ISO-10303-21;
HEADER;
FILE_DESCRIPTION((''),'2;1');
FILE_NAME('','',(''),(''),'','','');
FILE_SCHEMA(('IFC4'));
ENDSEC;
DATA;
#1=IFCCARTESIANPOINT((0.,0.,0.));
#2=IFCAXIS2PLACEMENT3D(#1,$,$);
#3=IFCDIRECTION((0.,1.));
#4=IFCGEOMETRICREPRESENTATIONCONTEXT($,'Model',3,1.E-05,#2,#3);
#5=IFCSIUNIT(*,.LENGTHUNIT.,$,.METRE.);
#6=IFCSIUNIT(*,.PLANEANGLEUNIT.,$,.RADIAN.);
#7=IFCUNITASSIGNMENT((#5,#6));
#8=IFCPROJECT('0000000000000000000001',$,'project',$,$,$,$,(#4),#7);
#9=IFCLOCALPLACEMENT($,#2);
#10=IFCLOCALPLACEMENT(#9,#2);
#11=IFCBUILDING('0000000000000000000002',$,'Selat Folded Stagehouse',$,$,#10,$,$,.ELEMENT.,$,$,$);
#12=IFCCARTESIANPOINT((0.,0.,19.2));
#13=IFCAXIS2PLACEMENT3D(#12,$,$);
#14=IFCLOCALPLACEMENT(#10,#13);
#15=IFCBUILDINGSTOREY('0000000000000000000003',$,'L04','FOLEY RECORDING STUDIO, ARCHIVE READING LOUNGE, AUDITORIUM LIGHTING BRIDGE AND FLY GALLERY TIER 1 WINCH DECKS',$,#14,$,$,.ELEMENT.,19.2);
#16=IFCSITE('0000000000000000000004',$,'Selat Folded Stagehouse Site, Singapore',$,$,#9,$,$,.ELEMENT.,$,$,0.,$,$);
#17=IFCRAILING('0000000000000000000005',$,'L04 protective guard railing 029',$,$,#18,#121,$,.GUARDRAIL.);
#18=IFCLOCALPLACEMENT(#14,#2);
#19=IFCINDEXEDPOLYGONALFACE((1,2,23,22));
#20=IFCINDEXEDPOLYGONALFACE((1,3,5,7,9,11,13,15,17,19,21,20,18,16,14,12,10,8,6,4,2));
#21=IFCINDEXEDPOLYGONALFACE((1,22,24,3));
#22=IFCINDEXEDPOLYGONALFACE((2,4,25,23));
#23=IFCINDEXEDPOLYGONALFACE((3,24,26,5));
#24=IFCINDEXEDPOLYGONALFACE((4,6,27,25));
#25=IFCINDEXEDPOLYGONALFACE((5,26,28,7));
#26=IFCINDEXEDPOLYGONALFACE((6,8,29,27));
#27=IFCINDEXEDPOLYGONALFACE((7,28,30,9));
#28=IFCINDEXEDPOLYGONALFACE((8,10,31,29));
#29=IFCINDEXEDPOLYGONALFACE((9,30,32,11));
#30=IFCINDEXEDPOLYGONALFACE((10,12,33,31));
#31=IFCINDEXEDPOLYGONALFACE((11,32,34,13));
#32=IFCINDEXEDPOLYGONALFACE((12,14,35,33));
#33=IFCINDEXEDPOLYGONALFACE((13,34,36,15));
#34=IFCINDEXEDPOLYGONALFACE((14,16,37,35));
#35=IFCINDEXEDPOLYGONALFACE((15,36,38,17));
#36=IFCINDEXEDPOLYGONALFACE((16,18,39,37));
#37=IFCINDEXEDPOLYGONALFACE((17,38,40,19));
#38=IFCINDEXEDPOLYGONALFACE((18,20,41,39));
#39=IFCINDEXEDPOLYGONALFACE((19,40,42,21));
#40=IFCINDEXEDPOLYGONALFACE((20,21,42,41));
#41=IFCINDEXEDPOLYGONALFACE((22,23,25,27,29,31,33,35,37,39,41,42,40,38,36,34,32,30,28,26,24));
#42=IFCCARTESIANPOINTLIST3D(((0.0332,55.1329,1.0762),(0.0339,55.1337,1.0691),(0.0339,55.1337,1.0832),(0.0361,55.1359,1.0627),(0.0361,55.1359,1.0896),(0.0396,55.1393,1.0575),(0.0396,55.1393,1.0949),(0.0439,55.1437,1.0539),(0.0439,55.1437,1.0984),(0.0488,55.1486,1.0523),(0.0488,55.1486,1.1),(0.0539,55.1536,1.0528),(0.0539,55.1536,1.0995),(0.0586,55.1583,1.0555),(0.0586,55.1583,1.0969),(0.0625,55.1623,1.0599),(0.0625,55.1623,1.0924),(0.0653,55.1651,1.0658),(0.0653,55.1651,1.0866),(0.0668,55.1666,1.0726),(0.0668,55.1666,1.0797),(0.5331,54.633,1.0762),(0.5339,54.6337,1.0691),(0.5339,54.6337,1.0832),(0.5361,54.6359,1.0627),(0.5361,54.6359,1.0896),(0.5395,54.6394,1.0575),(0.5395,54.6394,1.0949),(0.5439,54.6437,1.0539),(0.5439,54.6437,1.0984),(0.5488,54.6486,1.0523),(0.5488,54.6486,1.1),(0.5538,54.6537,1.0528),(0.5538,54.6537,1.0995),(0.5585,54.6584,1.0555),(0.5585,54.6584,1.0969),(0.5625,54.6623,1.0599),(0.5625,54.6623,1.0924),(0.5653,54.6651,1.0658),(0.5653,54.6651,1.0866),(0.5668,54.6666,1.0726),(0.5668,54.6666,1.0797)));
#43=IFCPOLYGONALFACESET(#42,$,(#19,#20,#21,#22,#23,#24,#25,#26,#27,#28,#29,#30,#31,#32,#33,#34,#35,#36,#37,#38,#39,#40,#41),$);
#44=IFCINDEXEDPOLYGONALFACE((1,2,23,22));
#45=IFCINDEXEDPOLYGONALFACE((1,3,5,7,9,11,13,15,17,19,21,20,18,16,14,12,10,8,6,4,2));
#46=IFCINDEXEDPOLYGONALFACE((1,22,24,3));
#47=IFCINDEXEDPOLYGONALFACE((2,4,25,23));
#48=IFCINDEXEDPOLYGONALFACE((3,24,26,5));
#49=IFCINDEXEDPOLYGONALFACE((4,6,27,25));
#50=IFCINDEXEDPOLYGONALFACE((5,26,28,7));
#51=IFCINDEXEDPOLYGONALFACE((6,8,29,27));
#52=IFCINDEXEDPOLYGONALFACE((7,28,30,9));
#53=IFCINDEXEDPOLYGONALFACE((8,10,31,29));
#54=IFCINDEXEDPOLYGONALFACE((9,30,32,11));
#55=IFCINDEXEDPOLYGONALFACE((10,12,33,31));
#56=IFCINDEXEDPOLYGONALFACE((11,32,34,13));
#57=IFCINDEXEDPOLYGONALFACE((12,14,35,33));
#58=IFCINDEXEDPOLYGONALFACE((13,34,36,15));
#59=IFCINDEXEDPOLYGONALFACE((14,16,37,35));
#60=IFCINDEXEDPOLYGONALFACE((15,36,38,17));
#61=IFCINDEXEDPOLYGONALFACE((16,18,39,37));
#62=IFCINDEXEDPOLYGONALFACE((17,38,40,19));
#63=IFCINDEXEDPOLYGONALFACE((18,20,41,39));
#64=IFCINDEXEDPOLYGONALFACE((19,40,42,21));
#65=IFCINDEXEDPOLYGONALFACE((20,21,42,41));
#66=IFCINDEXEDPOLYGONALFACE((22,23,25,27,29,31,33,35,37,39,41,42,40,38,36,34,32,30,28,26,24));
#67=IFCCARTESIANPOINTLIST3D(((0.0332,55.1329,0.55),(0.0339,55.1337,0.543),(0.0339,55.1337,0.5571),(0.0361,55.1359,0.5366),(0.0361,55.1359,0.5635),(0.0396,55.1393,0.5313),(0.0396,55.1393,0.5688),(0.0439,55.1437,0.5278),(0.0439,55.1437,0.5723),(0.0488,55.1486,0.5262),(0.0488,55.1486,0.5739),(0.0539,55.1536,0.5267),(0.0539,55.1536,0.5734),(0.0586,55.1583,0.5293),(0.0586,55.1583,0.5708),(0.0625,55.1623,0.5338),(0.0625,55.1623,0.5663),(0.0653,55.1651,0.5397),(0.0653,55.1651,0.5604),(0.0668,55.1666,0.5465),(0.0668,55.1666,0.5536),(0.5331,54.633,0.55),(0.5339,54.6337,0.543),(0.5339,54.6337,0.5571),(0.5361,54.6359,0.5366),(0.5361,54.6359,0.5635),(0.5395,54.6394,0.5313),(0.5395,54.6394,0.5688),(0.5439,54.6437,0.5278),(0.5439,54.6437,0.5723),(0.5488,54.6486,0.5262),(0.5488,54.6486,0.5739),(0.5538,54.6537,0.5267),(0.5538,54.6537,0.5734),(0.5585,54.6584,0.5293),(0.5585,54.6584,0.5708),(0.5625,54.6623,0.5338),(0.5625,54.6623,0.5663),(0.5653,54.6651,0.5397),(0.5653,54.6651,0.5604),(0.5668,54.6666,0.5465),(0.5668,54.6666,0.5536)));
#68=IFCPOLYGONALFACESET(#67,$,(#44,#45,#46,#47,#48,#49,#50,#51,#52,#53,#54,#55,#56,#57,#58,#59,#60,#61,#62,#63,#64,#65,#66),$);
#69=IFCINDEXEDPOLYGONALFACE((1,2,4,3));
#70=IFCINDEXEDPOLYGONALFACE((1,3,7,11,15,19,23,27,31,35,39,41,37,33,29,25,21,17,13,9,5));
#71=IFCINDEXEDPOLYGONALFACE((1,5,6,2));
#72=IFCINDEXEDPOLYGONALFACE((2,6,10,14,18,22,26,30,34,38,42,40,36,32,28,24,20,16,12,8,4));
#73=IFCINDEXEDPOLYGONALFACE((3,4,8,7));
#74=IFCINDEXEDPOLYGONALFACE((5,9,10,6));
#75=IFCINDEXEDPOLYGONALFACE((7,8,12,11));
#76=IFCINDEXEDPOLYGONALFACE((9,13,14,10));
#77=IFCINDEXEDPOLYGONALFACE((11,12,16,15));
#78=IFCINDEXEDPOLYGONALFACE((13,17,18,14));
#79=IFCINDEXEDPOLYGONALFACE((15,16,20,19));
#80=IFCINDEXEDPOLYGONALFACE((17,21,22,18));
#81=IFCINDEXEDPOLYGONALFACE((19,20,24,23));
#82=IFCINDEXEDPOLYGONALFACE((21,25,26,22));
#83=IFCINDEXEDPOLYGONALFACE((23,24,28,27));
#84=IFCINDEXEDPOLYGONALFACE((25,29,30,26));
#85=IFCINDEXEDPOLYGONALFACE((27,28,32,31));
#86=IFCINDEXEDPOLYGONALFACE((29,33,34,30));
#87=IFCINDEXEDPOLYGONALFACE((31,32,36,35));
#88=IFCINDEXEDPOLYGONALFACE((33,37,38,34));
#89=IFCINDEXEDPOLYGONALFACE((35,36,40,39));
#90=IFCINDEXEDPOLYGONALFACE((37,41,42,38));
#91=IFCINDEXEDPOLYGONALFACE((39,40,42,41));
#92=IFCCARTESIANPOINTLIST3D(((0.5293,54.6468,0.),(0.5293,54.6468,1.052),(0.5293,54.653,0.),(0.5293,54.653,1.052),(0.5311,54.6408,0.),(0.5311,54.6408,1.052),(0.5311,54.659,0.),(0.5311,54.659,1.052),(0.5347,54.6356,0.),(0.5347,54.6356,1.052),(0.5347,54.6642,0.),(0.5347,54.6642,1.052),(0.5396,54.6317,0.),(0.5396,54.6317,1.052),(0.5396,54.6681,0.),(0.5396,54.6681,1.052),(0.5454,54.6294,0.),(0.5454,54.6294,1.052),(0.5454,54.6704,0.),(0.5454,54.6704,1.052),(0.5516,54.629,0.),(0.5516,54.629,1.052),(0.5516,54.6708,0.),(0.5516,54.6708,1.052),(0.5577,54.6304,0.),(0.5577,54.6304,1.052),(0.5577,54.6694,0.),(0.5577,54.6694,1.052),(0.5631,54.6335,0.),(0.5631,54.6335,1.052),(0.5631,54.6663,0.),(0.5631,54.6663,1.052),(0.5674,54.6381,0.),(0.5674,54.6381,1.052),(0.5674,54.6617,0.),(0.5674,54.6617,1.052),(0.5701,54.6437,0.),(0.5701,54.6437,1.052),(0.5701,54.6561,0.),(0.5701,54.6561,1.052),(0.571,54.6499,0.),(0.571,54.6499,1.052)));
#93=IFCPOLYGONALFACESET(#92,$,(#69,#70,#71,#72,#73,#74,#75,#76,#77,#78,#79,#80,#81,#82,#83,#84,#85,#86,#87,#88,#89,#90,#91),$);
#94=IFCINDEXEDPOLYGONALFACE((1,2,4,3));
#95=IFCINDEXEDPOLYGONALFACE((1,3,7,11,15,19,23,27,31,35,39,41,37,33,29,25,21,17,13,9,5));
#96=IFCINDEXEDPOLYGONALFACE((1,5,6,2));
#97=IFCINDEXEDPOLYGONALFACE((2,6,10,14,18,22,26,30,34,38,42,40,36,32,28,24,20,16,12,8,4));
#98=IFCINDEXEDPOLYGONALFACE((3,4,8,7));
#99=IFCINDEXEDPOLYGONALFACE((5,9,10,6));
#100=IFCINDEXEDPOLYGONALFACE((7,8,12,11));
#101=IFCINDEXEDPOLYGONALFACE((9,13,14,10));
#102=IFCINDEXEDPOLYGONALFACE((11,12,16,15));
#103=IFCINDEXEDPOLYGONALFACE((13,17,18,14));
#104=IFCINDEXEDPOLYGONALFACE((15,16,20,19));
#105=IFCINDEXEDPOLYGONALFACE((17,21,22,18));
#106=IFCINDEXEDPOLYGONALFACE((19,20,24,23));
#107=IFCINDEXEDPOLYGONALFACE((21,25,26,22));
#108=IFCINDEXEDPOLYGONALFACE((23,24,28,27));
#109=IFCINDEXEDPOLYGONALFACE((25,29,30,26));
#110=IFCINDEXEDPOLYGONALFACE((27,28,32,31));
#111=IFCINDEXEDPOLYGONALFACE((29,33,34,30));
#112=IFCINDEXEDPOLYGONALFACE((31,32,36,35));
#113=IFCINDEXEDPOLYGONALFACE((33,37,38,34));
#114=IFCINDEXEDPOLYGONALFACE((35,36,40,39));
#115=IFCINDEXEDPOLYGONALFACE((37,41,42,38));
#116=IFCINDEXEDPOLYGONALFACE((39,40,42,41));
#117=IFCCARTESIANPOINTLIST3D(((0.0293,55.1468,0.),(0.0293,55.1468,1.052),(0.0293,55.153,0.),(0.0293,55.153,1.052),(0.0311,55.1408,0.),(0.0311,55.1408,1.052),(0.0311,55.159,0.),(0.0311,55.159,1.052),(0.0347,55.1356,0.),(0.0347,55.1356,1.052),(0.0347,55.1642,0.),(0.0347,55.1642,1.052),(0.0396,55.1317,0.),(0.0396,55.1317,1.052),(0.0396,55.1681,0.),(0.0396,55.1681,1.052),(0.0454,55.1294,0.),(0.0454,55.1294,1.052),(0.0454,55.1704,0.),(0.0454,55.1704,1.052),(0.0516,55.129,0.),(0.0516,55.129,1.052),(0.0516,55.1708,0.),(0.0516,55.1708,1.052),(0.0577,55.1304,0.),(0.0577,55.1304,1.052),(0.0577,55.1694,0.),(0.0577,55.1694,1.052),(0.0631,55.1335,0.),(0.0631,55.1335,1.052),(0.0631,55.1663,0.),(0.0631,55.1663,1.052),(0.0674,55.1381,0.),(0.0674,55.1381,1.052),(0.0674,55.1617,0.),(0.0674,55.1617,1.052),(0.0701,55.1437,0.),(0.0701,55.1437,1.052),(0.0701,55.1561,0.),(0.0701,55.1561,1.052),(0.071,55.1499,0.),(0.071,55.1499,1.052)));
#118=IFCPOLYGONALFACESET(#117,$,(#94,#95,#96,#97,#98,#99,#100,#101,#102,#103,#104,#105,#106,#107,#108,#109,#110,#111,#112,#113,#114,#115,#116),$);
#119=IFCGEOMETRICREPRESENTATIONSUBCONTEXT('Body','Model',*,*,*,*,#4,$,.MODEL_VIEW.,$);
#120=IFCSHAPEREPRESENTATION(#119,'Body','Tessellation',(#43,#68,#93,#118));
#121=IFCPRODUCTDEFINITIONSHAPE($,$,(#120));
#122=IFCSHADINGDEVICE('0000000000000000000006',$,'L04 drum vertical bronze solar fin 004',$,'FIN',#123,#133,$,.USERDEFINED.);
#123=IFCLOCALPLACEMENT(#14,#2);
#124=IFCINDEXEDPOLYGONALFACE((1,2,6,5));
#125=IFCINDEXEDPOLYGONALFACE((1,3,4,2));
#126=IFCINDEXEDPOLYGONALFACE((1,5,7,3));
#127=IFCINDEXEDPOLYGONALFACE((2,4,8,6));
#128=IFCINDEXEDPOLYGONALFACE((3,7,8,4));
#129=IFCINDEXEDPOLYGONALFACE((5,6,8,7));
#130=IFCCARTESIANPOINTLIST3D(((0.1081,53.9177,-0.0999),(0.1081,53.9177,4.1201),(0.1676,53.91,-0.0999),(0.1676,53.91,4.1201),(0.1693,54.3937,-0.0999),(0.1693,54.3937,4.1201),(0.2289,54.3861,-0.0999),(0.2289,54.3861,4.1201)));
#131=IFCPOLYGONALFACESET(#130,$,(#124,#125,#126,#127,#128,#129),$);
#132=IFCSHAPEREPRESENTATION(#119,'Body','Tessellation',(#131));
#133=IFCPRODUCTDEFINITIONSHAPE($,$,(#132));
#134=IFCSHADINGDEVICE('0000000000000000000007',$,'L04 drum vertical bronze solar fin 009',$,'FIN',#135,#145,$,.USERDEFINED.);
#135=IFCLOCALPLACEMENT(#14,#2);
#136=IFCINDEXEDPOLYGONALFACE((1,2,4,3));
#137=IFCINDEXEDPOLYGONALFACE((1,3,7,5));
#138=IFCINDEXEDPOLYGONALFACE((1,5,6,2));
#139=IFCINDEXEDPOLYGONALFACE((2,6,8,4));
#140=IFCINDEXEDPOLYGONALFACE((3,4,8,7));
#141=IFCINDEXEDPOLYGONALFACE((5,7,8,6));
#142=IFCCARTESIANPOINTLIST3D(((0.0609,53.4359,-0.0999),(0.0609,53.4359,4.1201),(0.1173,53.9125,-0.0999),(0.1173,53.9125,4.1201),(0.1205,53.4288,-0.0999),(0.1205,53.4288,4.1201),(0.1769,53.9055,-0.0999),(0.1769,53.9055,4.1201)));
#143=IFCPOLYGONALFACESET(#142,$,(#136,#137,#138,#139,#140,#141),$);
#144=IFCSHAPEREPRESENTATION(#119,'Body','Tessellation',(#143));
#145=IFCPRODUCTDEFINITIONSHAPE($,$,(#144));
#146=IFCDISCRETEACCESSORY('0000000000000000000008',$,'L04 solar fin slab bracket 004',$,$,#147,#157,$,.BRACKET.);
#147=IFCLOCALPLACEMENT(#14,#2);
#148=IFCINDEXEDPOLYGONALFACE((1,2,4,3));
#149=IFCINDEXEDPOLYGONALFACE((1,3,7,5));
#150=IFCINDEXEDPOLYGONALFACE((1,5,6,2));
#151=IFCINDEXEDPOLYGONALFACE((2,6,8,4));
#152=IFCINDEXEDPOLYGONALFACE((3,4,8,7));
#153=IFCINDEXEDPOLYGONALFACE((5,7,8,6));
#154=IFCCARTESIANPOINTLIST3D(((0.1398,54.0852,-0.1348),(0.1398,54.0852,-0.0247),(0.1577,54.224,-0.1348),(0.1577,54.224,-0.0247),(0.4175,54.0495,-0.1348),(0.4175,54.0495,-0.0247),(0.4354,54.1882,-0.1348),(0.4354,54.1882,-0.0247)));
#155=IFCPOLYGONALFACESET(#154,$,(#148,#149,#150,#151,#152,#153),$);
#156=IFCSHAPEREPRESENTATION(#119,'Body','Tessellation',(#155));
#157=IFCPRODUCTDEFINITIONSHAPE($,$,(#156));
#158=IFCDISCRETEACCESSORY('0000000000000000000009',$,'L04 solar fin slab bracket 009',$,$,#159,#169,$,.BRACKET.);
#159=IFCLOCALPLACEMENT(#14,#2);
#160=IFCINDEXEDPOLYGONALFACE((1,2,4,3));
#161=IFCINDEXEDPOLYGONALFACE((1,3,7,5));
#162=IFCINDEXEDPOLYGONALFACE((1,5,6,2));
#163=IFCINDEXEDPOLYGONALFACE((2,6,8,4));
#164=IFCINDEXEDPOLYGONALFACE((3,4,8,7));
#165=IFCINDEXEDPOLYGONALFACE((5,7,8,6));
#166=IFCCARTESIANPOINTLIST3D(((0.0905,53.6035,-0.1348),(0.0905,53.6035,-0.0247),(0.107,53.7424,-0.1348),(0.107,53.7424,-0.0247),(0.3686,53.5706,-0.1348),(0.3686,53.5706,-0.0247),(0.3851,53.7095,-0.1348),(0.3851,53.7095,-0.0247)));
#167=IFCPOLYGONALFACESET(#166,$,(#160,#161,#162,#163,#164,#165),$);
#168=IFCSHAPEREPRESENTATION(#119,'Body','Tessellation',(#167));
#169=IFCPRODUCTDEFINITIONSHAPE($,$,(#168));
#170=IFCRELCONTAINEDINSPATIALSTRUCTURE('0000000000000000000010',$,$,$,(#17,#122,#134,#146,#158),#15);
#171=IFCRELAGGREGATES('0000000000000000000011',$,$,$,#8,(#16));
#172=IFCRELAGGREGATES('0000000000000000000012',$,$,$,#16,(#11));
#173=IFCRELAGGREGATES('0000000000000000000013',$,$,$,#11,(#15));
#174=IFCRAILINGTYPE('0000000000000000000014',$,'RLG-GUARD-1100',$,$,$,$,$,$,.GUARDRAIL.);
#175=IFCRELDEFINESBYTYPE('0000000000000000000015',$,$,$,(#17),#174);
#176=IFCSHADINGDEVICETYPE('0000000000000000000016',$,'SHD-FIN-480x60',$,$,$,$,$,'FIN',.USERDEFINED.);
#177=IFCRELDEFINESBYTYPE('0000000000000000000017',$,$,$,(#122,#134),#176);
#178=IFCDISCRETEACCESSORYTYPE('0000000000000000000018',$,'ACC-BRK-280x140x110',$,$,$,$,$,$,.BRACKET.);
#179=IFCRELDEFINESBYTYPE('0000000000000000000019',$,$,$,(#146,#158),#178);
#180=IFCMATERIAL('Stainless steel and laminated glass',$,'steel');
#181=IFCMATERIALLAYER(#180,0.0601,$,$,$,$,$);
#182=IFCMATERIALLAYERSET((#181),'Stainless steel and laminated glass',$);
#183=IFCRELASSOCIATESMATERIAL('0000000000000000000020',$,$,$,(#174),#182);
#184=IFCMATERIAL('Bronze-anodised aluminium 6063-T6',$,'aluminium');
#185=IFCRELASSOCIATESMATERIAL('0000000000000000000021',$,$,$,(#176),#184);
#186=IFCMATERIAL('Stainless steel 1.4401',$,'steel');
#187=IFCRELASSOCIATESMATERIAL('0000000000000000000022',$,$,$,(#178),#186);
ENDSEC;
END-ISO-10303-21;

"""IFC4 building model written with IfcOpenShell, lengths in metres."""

from ifc_helpers import new_model, si_unit, direction, frame, origin, origin_2d, place, context, subcontext, project, spatial, rectangle, circle, extrude, material, layer, layer_set, material_profile, profile_set, type_object, element, save


model = new_model("IFC4")

# Units and contexts
model_context = context("Model", 3, precision=1e-05, world=origin(), true_north=direction((0.0, 1.0)))
body_context = subcontext(model_context, "Body", "Model", "MODEL_VIEW")
ifc_project = project(units=[si_unit("LENGTHUNIT", "METRE"), si_unit("PLANEANGLEUNIT", "RADIAN")], contexts=[model_context])

# Site, building, storey
site_placement = place(None, origin())
site = spatial("IfcSite", under=ifc_project, at=site_placement, Name="Selat Folded Stagehouse Site, Singapore", CompositionType="ELEMENT", RefElevation=0.0)
building_placement = place(site_placement, origin())
building = spatial("IfcBuilding", under=site, at=building_placement, Name="Selat Folded Stagehouse", CompositionType="ELEMENT")
storey_placement = place(building_placement, frame((0.0, 0.0, 19.2)))
storey = spatial("IfcBuildingStorey", under=building, at=storey_placement, Name="L04", Description="FOLEY RECORDING STUDIO, ARCHIVE READING LOUNGE, AUDITORIUM LIGHTING BRIDGE AND FLY GALLERY TIER 1 WINCH DECKS", CompositionType="ELEMENT", Elevation=19.2)

# Railing
ifc_material_1 = material(Name="Stainless steel and laminated glass", Category="steel")
ifc_layer_1 = layer(ifc_material_1, 0.0601)
ifc_layer_set_1 = layer_set([ifc_layer_1], Name="Stainless steel and laminated glass")
railing_type_1 = type_object("IfcRailingType", Name="RLG-GUARD-1100", PredefinedType="GUARDRAIL", material=ifc_layer_set_1)
railing_1_placement = place(storey_placement, frame((0.55, 54.6499, 0.0)))
element("IfcRailing", 1, at=railing_1_placement, inside=storey, type_object=railing_type_1, Name="L04 protective guard railing 029", PredefinedType="GUARDRAIL", context=body_context, shape_type="SweptSolid", body=[
    extrude(circle(Radius=0.0239, at=origin_2d()), frame((0.0, 0.0, 1.0762), z_axis=(-0.707107, 0.707107, 0.0), x_axis=(-0.707107, -0.707107, 0.0)), (0.0, 0.0, 1.0), 0.707),
    extrude(circle(Radius=0.0239, at=origin_2d()), frame((0.0, 0.0, 0.55), z_axis=(-0.707107, 0.707107, 0.0), x_axis=(-0.707107, -0.707107, 0.0)), (0.0, 0.0, 1.0), 0.707),
    extrude(circle(Radius=0.021, at=origin_2d()), origin(), (0.0, 0.0, 1.0), 1.052),
    extrude(circle(Radius=0.021, at=origin_2d()), frame((-0.5, 0.5, 0.0)), (0.0, 0.0, 1.0), 1.052),
])

# Shading devices
ifc_material_2 = material(Name="Bronze-anodised aluminium 6063-T6", Category="aluminium")
ifc_material_profile_1 = material_profile(ifc_material_2, rectangle(XDim=0.0601, YDim=0.48, at=origin_2d()), Name="SOLAR-FIN 480x60")
ifc_profile_set_1 = profile_set([ifc_material_profile_1], Name="Bronze-anodised aluminium 6063-T6")
shading_device_type = type_object("IfcShadingDeviceType", Name="SHD-FIN-480x60", ElementType="FIN", PredefinedType="USERDEFINED", material=ifc_profile_set_1)
for number, where, z_axis, x_axis, name in (
    (2, (0.1685, 54.1519, -0.0999), (0.0, 0.0, 1.0), (-0.991828, 0.127584, 0.0), "L04 drum vertical bronze solar fin 004"),
    (3, (0.1189, 53.6707, -0.0999), (0.0, 0.0, 1.0), (-0.993068, 0.117537, 0.0), "L04 drum vertical bronze solar fin 009"),
):
    element("IfcShadingDevice", number, at=place(storey_placement, frame(where, z_axis=z_axis, x_axis=x_axis)), inside=storey, type_object=shading_device_type, Name=name, ObjectType="FIN", PredefinedType="USERDEFINED", context=body_context, shape_type="SweptSolid", body=[
        extrude(rectangle(XDim=0.0601, YDim=0.48, at=origin_2d()), origin(), (0.0, 0.0, 1.0), 4.22),
    ])

# Discrete accessories
ifc_material_3 = material(Name="Stainless steel 1.4401", Category="steel")
discrete_accessory_type = type_object("IfcDiscreteAccessoryType", Name="ACC-BRK-280x140x110", PredefinedType="BRACKET", material=ifc_material_3)
for number, where, z_axis, x_axis, name in (
    (4, (0.2876, 54.1367, -0.1348), (0.0, 0.0, 1.0), (-0.991828, 0.127584, 0.0), "L04 solar fin slab bracket 004"),
    (5, (0.2378, 53.6565, -0.1348), (0.0, 0.0, 1.0), (-0.993068, 0.117537, 0.0), "L04 solar fin slab bracket 009"),
):
    element("IfcDiscreteAccessory", number, at=place(storey_placement, frame(where, z_axis=z_axis, x_axis=x_axis)), inside=storey, type_object=discrete_accessory_type, Name=name, PredefinedType="BRACKET", context=body_context, shape_type="SweptSolid", body=[
        extrude(rectangle(XDim=0.28, YDim=0.1399, at=origin_2d()), origin(), (0.0, 0.0, 1.0), 0.1101),
    ])

save(model, "model.ifc")
